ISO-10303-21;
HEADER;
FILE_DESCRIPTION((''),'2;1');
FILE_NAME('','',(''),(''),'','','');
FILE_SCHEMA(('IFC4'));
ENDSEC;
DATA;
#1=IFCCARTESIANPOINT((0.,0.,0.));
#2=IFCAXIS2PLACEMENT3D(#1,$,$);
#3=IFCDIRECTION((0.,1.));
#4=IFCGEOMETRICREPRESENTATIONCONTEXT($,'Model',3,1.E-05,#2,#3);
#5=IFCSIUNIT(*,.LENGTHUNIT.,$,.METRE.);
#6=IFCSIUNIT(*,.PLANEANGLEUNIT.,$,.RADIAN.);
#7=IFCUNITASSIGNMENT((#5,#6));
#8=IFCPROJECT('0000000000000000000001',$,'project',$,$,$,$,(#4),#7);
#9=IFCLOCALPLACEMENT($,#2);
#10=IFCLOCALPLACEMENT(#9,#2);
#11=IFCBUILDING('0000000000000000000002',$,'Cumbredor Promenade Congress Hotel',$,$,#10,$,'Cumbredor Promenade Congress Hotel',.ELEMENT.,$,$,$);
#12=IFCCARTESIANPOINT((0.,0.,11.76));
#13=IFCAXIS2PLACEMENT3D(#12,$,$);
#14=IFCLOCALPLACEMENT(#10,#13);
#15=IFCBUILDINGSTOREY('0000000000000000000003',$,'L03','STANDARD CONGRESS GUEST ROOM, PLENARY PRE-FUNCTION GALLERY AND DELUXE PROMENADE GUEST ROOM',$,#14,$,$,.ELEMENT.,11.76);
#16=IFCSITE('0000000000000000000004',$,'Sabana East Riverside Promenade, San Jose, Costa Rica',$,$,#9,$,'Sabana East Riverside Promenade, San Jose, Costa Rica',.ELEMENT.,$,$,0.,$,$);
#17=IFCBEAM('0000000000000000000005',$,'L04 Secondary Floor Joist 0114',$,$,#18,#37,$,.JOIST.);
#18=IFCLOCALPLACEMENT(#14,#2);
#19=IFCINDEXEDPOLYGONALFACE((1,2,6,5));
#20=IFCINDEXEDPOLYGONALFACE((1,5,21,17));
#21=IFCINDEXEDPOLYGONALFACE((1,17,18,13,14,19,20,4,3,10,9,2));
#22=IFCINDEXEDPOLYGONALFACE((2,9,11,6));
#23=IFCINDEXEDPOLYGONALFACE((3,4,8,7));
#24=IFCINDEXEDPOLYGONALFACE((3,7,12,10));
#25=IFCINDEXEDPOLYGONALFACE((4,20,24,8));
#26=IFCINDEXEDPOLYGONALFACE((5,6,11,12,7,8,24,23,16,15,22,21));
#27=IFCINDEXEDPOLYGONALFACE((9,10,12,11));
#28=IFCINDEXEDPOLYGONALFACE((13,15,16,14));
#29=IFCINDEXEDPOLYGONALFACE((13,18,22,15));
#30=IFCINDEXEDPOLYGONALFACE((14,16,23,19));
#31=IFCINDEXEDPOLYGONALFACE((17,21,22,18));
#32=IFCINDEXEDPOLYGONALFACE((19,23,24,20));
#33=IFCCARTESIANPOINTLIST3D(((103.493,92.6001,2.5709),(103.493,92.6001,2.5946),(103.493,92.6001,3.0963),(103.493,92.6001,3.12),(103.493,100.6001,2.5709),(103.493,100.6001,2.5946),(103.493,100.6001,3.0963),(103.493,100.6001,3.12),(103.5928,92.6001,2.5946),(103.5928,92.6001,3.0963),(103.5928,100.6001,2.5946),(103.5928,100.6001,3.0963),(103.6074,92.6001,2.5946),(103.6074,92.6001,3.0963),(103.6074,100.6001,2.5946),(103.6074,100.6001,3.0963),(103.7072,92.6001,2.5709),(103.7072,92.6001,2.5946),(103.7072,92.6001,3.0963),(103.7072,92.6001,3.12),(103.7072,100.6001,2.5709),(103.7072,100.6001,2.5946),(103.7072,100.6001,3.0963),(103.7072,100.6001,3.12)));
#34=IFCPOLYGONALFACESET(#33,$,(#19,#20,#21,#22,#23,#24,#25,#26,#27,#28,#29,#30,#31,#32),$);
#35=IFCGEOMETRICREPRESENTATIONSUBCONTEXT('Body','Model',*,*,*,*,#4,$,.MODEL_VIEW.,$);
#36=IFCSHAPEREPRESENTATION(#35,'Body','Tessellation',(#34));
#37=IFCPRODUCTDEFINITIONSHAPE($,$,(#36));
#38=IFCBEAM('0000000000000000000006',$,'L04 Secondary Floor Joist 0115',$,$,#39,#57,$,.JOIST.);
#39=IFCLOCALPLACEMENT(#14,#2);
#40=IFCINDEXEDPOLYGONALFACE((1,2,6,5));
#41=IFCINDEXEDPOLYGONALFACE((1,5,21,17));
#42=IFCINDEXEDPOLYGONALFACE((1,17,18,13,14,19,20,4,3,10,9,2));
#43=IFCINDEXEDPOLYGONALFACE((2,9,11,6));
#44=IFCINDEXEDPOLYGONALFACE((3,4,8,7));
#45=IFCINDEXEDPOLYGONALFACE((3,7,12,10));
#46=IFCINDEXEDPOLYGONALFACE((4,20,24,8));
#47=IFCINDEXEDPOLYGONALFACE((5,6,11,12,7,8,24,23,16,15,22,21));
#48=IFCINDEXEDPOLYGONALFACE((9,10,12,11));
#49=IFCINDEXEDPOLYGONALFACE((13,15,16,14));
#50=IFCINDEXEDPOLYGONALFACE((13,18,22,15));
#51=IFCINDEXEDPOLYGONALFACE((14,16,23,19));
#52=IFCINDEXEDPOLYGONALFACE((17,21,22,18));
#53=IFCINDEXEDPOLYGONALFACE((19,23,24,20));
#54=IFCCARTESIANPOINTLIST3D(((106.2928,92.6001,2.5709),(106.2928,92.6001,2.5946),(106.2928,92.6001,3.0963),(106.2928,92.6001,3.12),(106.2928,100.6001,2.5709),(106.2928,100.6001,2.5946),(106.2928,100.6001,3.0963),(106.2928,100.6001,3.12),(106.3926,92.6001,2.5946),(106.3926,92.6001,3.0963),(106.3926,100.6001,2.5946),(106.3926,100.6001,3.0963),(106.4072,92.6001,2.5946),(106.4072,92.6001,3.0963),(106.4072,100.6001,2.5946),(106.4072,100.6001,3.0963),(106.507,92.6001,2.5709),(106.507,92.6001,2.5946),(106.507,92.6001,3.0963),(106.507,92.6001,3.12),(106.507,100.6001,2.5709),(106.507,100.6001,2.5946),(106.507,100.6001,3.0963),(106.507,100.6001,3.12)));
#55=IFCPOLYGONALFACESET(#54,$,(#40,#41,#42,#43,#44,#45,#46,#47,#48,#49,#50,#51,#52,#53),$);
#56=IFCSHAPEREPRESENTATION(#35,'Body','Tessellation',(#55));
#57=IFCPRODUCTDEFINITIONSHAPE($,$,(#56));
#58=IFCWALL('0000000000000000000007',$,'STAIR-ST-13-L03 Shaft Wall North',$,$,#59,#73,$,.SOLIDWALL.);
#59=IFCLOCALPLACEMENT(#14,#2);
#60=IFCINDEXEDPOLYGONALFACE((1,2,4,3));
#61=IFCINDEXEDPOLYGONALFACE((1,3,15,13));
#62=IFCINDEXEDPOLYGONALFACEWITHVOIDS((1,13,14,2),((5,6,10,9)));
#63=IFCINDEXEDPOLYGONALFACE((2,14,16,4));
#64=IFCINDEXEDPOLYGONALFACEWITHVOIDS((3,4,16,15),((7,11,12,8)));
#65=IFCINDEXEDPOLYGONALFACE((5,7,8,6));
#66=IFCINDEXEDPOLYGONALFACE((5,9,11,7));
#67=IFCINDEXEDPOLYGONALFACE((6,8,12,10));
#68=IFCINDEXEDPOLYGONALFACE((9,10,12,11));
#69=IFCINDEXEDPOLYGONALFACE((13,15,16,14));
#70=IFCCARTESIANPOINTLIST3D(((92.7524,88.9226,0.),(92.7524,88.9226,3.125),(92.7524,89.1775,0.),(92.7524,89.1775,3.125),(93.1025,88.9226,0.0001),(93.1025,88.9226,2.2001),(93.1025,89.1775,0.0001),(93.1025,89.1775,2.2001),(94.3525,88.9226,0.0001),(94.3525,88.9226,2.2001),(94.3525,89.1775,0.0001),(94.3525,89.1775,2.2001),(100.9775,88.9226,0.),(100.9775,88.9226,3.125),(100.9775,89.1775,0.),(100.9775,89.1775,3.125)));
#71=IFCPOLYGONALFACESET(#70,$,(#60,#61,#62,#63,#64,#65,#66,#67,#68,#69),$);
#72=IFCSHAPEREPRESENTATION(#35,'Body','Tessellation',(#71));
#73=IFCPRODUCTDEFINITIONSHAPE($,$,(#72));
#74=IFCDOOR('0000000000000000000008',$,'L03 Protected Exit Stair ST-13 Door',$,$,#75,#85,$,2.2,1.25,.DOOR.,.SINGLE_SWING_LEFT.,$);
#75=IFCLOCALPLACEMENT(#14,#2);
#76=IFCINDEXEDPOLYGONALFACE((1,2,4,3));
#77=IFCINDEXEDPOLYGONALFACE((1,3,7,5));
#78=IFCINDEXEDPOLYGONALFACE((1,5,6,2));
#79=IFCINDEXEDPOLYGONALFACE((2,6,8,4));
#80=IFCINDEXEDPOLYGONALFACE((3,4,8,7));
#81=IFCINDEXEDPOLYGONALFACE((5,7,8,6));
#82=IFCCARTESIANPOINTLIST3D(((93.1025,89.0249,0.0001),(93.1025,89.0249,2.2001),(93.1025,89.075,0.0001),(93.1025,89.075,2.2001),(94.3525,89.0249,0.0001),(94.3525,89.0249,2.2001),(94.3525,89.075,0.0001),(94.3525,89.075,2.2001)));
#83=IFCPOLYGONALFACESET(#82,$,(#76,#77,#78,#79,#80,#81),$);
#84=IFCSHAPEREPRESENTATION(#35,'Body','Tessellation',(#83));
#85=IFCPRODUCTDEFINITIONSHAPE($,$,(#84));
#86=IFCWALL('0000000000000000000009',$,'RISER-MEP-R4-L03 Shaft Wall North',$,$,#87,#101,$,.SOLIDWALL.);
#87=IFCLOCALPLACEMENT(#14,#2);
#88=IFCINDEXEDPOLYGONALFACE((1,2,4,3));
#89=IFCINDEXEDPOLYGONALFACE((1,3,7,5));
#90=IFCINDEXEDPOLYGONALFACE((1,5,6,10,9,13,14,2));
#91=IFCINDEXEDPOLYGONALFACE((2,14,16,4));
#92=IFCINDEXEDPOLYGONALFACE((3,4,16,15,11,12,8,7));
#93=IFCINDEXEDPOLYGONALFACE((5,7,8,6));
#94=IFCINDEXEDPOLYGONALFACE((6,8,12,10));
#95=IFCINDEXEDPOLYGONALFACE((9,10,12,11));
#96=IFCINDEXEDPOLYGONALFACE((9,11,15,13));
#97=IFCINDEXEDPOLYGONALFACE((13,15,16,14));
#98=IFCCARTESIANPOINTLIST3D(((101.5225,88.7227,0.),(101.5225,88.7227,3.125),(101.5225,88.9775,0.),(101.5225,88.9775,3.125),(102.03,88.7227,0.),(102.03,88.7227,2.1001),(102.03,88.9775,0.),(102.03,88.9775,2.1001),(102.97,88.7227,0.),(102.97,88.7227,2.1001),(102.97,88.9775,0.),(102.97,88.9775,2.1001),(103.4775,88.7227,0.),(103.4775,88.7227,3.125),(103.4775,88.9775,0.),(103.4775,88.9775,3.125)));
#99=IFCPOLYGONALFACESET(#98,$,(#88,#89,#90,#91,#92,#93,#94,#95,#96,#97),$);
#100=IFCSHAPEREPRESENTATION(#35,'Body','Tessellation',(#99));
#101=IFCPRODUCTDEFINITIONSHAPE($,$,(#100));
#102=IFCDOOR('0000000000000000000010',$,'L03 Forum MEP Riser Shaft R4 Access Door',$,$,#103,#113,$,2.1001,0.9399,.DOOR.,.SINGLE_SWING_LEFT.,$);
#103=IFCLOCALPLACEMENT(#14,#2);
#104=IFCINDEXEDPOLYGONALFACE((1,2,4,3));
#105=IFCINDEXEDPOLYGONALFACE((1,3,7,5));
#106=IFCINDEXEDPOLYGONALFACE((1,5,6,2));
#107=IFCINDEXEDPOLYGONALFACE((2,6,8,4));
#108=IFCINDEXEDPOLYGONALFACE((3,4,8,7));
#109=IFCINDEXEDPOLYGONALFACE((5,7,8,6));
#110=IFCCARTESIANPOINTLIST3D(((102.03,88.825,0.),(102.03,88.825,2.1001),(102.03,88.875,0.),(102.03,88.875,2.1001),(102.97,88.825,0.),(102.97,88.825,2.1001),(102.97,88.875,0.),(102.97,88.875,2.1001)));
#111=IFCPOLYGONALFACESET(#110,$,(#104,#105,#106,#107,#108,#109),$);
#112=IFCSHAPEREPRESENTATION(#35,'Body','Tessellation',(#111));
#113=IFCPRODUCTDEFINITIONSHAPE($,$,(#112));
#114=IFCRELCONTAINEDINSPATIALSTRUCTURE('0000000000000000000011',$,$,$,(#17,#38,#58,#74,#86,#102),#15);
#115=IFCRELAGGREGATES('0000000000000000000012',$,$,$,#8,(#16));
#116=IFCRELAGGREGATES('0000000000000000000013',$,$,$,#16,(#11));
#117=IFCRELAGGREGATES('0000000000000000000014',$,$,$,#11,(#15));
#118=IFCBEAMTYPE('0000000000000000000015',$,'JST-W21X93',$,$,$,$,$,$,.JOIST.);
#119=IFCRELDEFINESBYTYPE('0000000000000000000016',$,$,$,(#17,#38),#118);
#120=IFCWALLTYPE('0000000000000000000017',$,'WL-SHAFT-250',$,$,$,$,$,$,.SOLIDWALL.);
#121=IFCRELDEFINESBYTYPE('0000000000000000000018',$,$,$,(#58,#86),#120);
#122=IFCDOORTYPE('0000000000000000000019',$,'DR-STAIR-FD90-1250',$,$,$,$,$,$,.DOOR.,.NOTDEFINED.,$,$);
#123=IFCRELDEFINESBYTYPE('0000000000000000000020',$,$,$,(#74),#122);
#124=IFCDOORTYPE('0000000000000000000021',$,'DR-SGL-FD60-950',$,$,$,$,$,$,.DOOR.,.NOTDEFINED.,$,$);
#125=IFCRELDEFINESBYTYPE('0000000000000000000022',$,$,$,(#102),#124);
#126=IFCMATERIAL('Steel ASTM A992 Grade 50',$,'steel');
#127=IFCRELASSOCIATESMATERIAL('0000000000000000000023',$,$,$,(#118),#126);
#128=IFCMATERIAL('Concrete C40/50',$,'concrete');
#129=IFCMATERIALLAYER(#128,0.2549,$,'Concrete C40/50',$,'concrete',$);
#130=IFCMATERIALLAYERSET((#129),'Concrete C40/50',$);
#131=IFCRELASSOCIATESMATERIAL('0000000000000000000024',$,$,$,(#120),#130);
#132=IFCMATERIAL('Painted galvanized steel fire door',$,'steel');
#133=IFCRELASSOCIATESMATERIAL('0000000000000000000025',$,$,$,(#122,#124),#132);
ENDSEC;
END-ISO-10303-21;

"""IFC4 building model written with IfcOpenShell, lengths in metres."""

from ifc_helpers import new_model, si_unit, direction, frame, frame_2d, origin, origin_2d, place, context, subcontext, project, spatial, rectangle, i_section, extrude, material, layer, layer_set, material_profile, profile_set, type_object, element, fill, save


model = new_model("IFC4")

# Units and contexts
model_context = context("Model", 3, precision=1e-05, world=origin(), true_north=direction((0.0, 1.0)))
body_context = subcontext(model_context, "Body", "Model", "MODEL_VIEW")
ifc_project = project(units=[si_unit("LENGTHUNIT", "METRE"), si_unit("PLANEANGLEUNIT", "RADIAN")], contexts=[model_context])

# Site, building, storey
site_placement = place(None, origin())
site = spatial("IfcSite", under=ifc_project, at=site_placement, Name="Sabana East Riverside Promenade, San Jose, Costa Rica", LongName="Sabana East Riverside Promenade, San Jose, Costa Rica", CompositionType="ELEMENT", RefElevation=0.0)
building_placement = place(site_placement, origin())
building = spatial("IfcBuilding", under=site, at=building_placement, Name="Cumbredor Promenade Congress Hotel", LongName="Cumbredor Promenade Congress Hotel", CompositionType="ELEMENT")
storey_placement = place(building_placement, frame((0.0, 0.0, 11.76)))
storey = spatial("IfcBuildingStorey", under=building, at=storey_placement, Name="L03", Description="STANDARD CONGRESS GUEST ROOM, PLENARY PRE-FUNCTION GALLERY AND DELUXE PROMENADE GUEST ROOM", CompositionType="ELEMENT", Elevation=11.76)

# Shared definitions
ifc_material_1 = material(Name="Concrete C40/50", Category="concrete")

# Beams
ifc_material_2 = material(Name="Steel ASTM A992 Grade 50", Category="steel")
ifc_material_profile_1 = material_profile(ifc_material_2, i_section(OverallWidth=0.2141, OverallDepth=0.5491, WebThickness=0.0146, FlangeThickness=0.0237, at=origin_2d()), Name="W21X93")
ifc_profile_set_1 = profile_set([ifc_material_profile_1], Name="Steel ASTM A992 Grade 50")
beam_type_1 = type_object("IfcBeamType", Name="JST-W21X93", PredefinedType="JOIST", material=ifc_profile_set_1)
for number, where, z_axis, x_axis, name in (
    (1, (103.6001, 92.6001, 2.8455), (0.0, 1.0, 0.0), (-1.0, 0.0, 0.0), "L04 Secondary Floor Joist 0114"),
    (2, (106.3999, 92.6001, 2.8455), (0.0, 1.0, 0.0), (-1.0, 0.0, 0.0), "L04 Secondary Floor Joist 0115"),
):
    element("IfcBeam", number, at=place(storey_placement, frame(where, z_axis=z_axis, x_axis=x_axis)), inside=storey, type_object=beam_type_1, Name=name, PredefinedType="JOIST", context=body_context, shape_type="SweptSolid", body=[
        extrude(i_section(OverallWidth=0.2141, OverallDepth=0.5491, WebThickness=0.0146, FlangeThickness=0.0237, at=origin_2d()), origin(), (0.0, 0.0, 1.0), 8.0),
    ])

# Walls, openings, doors
ifc_layer = layer(ifc_material_1, 0.2549, Name="Concrete C40/50", Category="concrete")
ifc_layer_set = layer_set([ifc_layer], Name="Concrete C40/50")
wall_type = type_object("IfcWallType", Name="WL-SHAFT-250", PredefinedType="SOLIDWALL", material=ifc_layer_set)
wall_1_placement = place(storey_placement, frame((92.7524, 89.05, 0.0), z_axis=(0.0, 0.0, 1.0), x_axis=(1.0, 0.0, 0.0)))
wall_1 = element("IfcWall", 3, at=wall_1_placement, inside=storey, type_object=wall_type, Name="STAIR-ST-13-L03 Shaft Wall North", PredefinedType="SOLIDWALL", context=body_context, shape_type="SweptSolid", body=[
    extrude(rectangle(XDim=8.2251, YDim=0.2549, at=frame_2d((4.1125, 0.0))), origin(), (0.0, 0.0, 1.0), 3.125),
])
opening_1_placement = place(wall_1_placement, frame((0.3501, 0.0, 0.0)))
opening_1 = element("IfcOpeningElement", 4, at=opening_1_placement, cuts=wall_1, PredefinedType="OPENING", context=body_context, shape_type="SweptSolid", body=[
    extrude(rectangle(XDim=1.25, YDim=2.2, at=frame_2d((0.625, 1.1001))), frame((0.0, 0.1375, 0.0), z_axis=(0.0, -1.0, 0.0), x_axis=(1.0, 0.0, 0.0)), (0.0, 0.0, 1.0), 0.2749),
])
ifc_material_3 = material(Name="Painted galvanized steel fire door", Category="steel")
door_type_1 = type_object("IfcDoorType", Name="DR-STAIR-FD90-1250", OperationType="NOTDEFINED", PredefinedType="DOOR", material=ifc_material_3)
door_1_placement = place(opening_1_placement, origin())
door_1 = element("IfcDoor", 5, at=door_1_placement, inside=storey, type_object=door_type_1, Name="L03 Protected Exit Stair ST-13 Door", OperationType="SINGLE_SWING_LEFT", OverallHeight=2.2, OverallWidth=1.25, PredefinedType="DOOR", context=body_context, shape_type="SweptSolid", body=[
    extrude(rectangle(XDim=1.25, YDim=2.2, at=frame_2d((0.625, 1.1001))), frame((0.0, 0.0249, 0.0), z_axis=(0.0, -1.0, 0.0), x_axis=(1.0, 0.0, 0.0)), (0.0, 0.0, 1.0), 0.05),
])
fill(opening_1, door_1)
wall_2_placement = place(storey_placement, frame((101.5225, 88.8501, 0.0), z_axis=(0.0, 0.0, 1.0), x_axis=(1.0, 0.0, 0.0)))
wall_2 = element("IfcWall", 6, at=wall_2_placement, inside=storey, type_object=wall_type, Name="RISER-MEP-R4-L03 Shaft Wall North", PredefinedType="SOLIDWALL", context=body_context, shape_type="SweptSolid", body=[
    extrude(rectangle(XDim=1.9551, YDim=0.2549, at=frame_2d((0.9775, 0.0))), origin(), (0.0, 0.0, 1.0), 3.125),
])
opening_2_placement = place(wall_2_placement, frame((0.5076, 0.0, 0.0)))
opening_2 = element("IfcOpeningElement", 7, at=opening_2_placement, cuts=wall_2, PredefinedType="OPENING", context=body_context, shape_type="SweptSolid", body=[
    extrude(rectangle(XDim=0.9399, YDim=2.1001, at=frame_2d((0.47, 1.05))), frame((0.0, 0.1375, 0.0), z_axis=(0.0, -1.0, 0.0), x_axis=(1.0, 0.0, 0.0)), (0.0, 0.0, 1.0), 0.2749),
])
door_type_2 = type_object("IfcDoorType", Name="DR-SGL-FD60-950", OperationType="NOTDEFINED", PredefinedType="DOOR", material=ifc_material_3)
door_2_placement = place(opening_2_placement, origin())
door_2 = element("IfcDoor", 8, at=door_2_placement, inside=storey, type_object=door_type_2, Name="L03 Forum MEP Riser Shaft R4 Access Door", OperationType="SINGLE_SWING_LEFT", OverallHeight=2.1001, OverallWidth=0.9399, PredefinedType="DOOR", context=body_context, shape_type="SweptSolid", body=[
    extrude(rectangle(XDim=0.9399, YDim=2.1001, at=frame_2d((0.47, 1.05))), frame((0.0, 0.0249, 0.0), z_axis=(0.0, -1.0, 0.0), x_axis=(1.0, 0.0, 0.0)), (0.0, 0.0, 1.0), 0.05),
])
fill(opening_2, door_2)

save(model, "model.ifc")
